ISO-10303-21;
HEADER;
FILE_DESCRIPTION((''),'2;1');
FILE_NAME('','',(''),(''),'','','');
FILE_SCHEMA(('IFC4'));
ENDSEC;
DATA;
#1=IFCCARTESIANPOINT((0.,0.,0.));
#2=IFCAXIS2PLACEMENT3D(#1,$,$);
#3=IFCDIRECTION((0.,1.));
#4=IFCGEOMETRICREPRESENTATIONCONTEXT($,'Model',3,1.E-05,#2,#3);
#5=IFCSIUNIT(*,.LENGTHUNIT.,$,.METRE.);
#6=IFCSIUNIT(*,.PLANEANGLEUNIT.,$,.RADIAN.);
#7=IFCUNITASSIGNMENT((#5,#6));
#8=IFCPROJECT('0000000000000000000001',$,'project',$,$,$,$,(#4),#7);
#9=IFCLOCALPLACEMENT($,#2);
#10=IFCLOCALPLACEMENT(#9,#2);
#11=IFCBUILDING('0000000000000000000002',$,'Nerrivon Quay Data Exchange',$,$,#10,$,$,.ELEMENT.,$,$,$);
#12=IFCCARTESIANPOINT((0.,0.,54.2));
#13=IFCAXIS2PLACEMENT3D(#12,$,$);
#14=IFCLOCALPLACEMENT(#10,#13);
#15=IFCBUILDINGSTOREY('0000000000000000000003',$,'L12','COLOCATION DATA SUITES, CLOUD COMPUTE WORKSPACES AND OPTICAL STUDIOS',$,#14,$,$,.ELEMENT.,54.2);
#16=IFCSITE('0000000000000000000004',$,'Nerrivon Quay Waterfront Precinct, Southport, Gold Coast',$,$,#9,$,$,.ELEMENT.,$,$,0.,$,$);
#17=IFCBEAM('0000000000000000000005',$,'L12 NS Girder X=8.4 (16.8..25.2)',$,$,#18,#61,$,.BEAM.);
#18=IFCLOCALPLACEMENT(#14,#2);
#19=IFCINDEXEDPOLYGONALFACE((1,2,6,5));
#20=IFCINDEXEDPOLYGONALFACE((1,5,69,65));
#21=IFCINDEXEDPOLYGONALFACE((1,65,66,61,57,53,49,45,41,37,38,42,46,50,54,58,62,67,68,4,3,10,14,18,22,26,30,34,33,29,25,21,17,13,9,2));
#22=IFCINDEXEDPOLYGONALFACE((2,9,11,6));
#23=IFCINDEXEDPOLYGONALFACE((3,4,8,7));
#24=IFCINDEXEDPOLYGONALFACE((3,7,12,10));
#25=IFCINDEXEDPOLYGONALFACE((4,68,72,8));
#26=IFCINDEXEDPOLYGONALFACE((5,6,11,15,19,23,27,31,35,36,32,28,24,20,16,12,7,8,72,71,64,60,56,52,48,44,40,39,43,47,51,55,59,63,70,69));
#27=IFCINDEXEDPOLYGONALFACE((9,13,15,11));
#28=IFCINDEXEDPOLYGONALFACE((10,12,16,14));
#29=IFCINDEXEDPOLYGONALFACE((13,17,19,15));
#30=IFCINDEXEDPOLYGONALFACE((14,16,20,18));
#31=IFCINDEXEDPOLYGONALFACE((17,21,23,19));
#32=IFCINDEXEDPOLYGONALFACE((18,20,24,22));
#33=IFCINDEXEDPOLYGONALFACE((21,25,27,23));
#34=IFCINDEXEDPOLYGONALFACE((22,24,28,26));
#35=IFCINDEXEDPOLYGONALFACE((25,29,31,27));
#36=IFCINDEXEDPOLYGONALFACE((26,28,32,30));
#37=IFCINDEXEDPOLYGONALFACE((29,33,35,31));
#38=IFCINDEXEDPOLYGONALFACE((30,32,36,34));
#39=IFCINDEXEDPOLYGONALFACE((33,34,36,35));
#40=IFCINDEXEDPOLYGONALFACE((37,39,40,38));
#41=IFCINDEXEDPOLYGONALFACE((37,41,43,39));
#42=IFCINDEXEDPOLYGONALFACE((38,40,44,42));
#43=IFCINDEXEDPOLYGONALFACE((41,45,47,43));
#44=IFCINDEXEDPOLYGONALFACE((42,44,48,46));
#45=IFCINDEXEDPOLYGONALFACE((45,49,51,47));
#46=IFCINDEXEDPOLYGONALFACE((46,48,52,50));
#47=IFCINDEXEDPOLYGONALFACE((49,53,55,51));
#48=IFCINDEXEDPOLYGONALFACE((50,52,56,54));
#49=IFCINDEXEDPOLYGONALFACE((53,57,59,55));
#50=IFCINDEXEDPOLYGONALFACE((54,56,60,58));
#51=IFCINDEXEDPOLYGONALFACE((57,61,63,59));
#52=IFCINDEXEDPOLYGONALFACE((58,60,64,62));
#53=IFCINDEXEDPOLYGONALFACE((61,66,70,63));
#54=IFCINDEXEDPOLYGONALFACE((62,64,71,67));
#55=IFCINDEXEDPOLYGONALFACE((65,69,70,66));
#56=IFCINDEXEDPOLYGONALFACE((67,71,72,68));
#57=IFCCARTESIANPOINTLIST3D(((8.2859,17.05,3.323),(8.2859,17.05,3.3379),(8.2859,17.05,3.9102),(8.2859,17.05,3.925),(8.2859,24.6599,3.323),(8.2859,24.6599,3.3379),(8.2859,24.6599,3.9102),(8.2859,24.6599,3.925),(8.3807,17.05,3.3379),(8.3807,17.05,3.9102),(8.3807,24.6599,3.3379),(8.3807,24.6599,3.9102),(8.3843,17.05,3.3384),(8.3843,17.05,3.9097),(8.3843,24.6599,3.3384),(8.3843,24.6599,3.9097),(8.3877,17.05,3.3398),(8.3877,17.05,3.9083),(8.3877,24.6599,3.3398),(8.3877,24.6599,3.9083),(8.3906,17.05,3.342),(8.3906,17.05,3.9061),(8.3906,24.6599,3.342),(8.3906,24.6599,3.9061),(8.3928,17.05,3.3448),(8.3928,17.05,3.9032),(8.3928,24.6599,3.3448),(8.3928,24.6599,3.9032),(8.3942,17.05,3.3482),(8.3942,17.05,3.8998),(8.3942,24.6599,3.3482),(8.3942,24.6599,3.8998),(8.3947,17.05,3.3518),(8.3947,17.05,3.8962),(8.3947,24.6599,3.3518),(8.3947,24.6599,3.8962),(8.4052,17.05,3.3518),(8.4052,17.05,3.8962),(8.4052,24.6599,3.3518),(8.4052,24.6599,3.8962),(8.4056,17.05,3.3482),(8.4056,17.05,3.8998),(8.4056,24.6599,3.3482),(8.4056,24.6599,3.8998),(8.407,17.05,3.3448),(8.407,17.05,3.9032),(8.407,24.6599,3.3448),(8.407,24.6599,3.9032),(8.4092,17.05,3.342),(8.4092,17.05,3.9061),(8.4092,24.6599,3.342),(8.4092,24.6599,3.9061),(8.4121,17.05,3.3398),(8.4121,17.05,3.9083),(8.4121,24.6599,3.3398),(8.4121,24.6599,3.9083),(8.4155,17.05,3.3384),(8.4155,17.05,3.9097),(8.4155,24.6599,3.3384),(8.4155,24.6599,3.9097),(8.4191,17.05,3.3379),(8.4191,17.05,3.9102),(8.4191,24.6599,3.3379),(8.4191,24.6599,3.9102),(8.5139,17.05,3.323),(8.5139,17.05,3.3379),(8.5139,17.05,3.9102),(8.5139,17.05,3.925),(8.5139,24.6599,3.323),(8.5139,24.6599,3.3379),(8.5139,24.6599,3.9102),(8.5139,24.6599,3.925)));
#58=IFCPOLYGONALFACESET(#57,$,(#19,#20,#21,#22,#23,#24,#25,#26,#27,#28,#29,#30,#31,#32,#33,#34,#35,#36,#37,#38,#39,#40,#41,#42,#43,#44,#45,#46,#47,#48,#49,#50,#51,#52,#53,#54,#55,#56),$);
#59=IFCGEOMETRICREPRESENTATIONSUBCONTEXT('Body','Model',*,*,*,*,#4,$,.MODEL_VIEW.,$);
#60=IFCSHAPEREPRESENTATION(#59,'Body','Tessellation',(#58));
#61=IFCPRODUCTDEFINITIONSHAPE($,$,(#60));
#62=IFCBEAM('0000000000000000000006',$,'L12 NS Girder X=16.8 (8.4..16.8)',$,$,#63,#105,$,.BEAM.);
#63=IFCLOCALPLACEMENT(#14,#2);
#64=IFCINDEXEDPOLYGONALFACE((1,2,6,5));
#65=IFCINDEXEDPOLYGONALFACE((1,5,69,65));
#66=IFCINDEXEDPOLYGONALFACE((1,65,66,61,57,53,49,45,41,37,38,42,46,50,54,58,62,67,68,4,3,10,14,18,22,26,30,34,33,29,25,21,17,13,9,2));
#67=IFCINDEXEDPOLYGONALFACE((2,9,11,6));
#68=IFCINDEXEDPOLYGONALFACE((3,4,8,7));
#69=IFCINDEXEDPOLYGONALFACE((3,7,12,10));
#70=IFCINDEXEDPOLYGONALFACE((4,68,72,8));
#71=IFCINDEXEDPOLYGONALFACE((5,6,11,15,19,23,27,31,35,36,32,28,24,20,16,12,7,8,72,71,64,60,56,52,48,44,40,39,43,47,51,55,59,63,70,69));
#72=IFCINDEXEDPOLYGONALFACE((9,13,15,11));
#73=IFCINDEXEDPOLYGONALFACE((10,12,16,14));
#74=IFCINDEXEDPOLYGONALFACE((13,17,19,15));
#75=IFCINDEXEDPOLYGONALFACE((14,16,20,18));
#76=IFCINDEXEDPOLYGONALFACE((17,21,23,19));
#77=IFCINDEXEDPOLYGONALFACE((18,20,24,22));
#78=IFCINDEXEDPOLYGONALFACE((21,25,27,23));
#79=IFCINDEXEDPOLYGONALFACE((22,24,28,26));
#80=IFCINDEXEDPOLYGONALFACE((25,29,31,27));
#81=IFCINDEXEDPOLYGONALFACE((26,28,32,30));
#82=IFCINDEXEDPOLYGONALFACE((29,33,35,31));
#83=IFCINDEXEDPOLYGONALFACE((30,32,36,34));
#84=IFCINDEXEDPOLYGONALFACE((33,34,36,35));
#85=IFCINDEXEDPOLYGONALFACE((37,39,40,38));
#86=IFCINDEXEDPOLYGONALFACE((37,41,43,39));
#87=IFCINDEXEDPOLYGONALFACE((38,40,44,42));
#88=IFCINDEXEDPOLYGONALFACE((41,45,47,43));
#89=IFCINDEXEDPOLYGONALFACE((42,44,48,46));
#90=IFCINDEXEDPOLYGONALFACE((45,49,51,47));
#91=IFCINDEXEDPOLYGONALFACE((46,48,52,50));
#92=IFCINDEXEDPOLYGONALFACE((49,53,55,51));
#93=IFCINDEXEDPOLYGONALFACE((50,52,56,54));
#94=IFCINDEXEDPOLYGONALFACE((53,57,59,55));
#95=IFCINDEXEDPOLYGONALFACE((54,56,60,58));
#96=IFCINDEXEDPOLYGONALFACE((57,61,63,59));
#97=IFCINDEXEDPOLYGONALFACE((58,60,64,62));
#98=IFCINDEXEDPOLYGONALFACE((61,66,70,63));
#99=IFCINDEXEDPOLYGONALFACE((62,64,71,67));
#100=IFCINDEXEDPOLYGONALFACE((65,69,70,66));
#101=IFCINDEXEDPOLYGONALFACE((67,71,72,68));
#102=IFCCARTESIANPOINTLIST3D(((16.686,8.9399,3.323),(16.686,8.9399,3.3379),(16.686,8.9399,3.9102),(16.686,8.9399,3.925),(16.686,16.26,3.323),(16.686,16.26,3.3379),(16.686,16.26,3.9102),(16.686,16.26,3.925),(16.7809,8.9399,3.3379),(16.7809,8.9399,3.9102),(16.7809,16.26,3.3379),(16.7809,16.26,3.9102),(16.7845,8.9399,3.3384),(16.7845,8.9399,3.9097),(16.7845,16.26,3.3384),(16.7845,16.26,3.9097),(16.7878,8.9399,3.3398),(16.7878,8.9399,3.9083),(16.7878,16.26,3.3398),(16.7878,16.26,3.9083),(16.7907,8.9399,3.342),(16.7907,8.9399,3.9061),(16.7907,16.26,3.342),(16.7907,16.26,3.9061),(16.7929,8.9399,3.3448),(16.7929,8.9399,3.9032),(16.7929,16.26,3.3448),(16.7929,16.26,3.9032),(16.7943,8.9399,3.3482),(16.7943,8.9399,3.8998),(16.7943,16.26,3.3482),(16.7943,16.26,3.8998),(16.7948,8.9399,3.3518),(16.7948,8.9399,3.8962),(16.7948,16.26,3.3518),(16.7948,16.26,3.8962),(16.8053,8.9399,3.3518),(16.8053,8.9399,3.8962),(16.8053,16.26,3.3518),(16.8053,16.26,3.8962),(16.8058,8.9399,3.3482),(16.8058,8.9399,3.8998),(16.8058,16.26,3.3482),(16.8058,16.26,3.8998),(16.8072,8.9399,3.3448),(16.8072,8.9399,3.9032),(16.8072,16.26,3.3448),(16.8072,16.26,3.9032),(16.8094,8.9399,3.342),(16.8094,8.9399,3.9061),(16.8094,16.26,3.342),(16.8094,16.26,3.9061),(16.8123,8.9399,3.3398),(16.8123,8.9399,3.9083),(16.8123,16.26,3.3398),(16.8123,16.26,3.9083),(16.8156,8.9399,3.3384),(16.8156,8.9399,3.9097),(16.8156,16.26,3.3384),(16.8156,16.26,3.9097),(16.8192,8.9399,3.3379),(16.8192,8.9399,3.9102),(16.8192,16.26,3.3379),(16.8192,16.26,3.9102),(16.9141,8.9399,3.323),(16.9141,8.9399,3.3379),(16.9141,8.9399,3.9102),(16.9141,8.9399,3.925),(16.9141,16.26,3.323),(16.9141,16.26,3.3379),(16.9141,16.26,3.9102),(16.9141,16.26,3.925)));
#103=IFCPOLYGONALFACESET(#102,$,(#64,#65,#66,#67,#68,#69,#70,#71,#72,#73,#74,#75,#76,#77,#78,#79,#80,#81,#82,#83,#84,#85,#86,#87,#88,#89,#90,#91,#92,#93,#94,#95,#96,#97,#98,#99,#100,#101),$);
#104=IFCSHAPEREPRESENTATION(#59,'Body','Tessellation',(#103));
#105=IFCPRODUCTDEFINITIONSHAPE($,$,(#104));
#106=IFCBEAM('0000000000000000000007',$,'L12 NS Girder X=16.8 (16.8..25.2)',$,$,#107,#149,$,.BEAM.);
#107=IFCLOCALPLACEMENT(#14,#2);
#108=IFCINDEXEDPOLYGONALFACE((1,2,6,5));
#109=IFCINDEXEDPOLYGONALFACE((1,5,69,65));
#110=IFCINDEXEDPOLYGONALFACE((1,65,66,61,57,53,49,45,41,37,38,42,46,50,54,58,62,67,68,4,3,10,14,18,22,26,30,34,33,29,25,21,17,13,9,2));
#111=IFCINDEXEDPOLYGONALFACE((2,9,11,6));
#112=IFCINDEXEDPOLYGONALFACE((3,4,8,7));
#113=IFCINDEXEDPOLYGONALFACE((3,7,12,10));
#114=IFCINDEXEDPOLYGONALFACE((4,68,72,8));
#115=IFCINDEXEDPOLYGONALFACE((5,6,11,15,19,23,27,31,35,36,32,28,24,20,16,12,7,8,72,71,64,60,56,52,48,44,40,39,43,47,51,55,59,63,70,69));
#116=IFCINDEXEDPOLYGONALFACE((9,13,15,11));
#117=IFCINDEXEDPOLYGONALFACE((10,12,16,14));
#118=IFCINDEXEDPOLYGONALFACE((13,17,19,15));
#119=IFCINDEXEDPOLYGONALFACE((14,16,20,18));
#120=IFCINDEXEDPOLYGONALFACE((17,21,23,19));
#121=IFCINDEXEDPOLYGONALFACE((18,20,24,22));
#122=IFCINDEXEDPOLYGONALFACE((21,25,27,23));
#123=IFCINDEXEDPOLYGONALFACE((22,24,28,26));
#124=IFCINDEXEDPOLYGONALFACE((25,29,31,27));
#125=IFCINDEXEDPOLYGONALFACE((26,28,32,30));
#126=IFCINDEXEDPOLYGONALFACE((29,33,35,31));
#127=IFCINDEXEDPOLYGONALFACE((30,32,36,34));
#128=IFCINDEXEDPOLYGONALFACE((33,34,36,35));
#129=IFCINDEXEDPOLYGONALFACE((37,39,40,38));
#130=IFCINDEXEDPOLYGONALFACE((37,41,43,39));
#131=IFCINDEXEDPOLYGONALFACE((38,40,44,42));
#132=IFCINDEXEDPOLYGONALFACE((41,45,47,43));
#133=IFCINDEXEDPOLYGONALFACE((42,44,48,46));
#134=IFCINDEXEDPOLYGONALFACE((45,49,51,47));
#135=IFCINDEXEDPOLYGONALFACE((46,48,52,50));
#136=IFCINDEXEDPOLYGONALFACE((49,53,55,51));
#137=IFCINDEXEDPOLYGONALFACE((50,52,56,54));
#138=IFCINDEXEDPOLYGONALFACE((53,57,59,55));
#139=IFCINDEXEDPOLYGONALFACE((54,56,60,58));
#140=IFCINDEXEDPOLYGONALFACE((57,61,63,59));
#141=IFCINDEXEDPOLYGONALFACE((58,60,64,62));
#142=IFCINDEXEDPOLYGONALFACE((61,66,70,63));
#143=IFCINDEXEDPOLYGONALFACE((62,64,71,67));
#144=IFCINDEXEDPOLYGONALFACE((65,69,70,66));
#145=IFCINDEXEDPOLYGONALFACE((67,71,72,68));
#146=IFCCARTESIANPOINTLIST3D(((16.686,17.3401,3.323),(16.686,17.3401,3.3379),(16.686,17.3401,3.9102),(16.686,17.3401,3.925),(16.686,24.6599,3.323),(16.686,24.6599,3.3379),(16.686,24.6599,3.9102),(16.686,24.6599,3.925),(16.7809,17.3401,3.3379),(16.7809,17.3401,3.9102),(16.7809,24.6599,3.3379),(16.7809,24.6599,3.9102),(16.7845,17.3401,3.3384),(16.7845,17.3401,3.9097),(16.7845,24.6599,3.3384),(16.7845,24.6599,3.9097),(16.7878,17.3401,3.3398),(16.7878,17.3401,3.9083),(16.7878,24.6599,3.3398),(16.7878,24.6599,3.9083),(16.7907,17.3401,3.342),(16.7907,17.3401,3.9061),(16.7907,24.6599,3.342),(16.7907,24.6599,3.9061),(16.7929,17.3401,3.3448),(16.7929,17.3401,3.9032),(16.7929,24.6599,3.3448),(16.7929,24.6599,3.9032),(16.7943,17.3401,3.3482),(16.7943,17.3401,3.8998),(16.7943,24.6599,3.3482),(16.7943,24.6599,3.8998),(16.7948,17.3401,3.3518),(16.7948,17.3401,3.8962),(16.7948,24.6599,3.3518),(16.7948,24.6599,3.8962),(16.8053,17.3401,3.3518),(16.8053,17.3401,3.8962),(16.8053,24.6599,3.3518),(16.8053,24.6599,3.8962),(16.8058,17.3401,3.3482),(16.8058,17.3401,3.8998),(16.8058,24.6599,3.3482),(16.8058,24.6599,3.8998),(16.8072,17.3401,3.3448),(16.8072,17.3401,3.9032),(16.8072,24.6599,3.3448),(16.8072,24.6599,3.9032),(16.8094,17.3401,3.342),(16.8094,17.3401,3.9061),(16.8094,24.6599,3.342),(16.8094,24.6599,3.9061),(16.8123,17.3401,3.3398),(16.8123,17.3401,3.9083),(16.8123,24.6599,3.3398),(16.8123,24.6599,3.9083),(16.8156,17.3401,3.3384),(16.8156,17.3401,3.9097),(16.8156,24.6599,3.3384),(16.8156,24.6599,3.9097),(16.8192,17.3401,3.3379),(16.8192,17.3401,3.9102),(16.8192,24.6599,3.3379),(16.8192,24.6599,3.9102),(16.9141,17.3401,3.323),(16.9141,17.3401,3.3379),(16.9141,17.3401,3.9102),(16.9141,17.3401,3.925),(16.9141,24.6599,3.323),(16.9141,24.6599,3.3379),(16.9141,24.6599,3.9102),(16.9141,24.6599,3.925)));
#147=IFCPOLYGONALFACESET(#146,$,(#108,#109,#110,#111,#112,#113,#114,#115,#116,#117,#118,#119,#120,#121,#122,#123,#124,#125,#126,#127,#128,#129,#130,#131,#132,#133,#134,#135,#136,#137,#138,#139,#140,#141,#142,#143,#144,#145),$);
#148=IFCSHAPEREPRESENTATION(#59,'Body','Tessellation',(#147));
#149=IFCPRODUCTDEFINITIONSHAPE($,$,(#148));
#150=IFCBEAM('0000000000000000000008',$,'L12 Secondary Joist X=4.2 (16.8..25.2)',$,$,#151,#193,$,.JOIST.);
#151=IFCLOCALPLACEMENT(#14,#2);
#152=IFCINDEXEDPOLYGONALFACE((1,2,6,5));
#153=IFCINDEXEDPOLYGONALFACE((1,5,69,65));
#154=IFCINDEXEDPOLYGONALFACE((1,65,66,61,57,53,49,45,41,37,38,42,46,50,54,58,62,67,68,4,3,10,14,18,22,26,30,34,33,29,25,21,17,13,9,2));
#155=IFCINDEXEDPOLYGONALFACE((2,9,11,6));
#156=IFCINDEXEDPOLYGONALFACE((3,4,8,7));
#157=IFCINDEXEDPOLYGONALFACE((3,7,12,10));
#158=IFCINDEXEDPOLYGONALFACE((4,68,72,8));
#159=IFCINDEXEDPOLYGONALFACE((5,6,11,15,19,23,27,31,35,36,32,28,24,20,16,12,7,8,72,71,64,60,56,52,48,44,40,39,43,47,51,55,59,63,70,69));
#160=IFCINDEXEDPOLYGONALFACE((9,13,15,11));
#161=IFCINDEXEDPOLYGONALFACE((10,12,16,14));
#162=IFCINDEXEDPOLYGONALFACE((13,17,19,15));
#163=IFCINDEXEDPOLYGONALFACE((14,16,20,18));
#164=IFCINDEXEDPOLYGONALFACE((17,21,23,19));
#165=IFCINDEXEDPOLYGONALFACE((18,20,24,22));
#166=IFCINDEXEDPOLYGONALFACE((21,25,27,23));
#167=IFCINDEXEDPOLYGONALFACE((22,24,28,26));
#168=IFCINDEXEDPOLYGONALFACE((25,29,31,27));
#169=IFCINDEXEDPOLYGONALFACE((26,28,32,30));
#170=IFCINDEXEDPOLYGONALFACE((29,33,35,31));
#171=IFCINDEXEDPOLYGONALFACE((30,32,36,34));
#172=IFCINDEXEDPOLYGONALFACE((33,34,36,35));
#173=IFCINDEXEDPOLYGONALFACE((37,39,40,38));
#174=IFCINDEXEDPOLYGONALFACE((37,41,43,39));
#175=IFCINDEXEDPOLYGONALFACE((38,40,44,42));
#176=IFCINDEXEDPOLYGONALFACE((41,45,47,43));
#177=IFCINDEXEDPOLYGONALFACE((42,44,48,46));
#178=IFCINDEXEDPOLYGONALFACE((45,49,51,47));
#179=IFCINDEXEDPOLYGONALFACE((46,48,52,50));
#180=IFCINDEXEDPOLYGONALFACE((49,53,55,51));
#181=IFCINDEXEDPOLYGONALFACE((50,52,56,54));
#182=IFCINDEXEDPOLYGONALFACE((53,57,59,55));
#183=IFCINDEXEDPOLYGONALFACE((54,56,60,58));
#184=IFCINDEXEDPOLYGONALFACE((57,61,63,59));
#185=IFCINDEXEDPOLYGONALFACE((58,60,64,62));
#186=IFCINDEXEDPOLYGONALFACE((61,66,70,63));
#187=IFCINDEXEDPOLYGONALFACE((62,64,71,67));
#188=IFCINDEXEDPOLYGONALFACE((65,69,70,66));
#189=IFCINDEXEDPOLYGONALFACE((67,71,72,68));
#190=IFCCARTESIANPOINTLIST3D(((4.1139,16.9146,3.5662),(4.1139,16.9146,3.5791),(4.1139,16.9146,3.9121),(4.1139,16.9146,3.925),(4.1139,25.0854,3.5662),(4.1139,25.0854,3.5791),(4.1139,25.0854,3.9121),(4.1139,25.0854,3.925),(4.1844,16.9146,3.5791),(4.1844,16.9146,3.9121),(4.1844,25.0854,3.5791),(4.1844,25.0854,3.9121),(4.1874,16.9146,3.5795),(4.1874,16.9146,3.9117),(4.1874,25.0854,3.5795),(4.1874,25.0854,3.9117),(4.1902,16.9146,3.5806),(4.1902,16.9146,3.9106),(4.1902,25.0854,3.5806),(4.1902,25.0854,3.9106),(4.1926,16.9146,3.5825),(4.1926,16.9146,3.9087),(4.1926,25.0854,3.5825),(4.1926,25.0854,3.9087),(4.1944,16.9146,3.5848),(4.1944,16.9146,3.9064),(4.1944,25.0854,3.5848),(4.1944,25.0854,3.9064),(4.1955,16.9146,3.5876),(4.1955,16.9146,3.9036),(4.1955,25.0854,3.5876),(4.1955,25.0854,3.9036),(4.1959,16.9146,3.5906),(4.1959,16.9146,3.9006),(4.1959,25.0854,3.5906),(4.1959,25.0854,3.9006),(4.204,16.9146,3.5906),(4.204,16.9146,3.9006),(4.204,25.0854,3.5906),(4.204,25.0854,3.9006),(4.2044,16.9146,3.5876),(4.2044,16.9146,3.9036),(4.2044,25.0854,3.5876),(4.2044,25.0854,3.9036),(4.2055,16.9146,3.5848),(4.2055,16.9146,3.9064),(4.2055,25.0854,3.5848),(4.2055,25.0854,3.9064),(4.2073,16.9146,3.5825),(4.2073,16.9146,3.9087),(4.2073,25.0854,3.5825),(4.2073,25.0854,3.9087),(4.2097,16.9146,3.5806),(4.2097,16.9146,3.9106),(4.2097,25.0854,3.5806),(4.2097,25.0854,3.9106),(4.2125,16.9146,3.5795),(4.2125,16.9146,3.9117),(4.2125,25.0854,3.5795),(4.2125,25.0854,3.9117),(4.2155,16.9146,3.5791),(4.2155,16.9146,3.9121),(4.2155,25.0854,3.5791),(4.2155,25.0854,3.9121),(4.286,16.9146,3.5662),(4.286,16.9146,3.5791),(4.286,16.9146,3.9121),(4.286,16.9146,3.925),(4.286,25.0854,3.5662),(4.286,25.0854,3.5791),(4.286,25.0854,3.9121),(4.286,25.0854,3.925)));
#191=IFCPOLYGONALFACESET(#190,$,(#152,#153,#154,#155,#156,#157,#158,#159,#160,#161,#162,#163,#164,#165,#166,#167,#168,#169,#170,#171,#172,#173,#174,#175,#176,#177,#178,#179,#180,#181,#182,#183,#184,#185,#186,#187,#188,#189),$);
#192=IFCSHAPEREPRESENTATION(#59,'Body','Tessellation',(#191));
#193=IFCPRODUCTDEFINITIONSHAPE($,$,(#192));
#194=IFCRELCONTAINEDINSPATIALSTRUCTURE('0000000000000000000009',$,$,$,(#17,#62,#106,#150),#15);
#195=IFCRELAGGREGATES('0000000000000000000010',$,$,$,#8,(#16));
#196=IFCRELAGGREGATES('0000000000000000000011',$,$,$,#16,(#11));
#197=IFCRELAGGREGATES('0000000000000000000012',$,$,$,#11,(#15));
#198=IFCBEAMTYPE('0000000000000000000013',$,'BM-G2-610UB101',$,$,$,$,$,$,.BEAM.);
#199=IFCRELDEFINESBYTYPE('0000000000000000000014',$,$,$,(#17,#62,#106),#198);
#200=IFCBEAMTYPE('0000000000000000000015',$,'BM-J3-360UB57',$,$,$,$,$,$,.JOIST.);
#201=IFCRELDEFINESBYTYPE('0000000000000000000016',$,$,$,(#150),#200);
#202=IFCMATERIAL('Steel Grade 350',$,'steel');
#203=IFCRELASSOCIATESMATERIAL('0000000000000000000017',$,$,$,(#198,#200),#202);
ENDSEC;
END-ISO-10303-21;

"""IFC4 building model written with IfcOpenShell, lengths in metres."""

from ifc_helpers import new_model, si_unit, direction, frame, origin, origin_2d, place, context, subcontext, project, spatial, i_section, extrude, material, material_profile, profile_set, type_object, element, save


model = new_model("IFC4")

# Units and contexts
model_context = context("Model", 3, precision=1e-05, world=origin(), true_north=direction((0.0, 1.0)))
body_context = subcontext(model_context, "Body", "Model", "MODEL_VIEW")
ifc_project = project(units=[si_unit("LENGTHUNIT", "METRE"), si_unit("PLANEANGLEUNIT", "RADIAN")], contexts=[model_context])

# Site, building, storey
site_placement = place(None, origin())
site = spatial("IfcSite", under=ifc_project, at=site_placement, Name="Nerrivon Quay Waterfront Precinct, Southport, Gold Coast", CompositionType="ELEMENT", RefElevation=0.0)
building_placement = place(site_placement, origin())
building = spatial("IfcBuilding", under=site, at=building_placement, Name="Nerrivon Quay Data Exchange", CompositionType="ELEMENT")
storey_placement = place(building_placement, frame((0.0, 0.0, 54.2)))
storey = spatial("IfcBuildingStorey", under=building, at=storey_placement, Name="L12", Description="COLOCATION DATA SUITES, CLOUD COMPUTE WORKSPACES AND OPTICAL STUDIOS", CompositionType="ELEMENT", Elevation=54.2)

# Shared definitions
ifc_material_1 = material(Name="Steel Grade 350", Category="steel")

# Beams
ifc_material_profile_1 = material_profile(ifc_material_1, i_section(OverallWidth=0.228, OverallDepth=0.6021, WebThickness=0.0105, FlangeThickness=0.0149, FilletRadius=0.0139, at=origin_2d()), Name="610UB101")
ifc_profile_set_1 = profile_set([ifc_material_profile_1], Name="Steel Grade 350")
beam_type_1 = type_object("IfcBeamType", Name="BM-G2-610UB101", PredefinedType="BEAM", material=ifc_profile_set_1)
beam_1_placement = place(storey_placement, frame((8.3999, 17.05, 3.624), z_axis=(0.0, 1.0, 0.0), x_axis=(-1.0, 0.0, 0.0)))
element("IfcBeam", 1, at=beam_1_placement, inside=storey, type_object=beam_type_1, Name="L12 NS Girder X=8.4 (16.8..25.2)", PredefinedType="BEAM", context=body_context, shape_type="SweptSolid", body=[
    extrude(i_section(OverallWidth=0.228, OverallDepth=0.6021, WebThickness=0.0105, FlangeThickness=0.0149, FilletRadius=0.0139, at=origin_2d()), origin(), (0.0, 0.0, 1.0), 7.6099),
])
beam_2_placement = place(storey_placement, frame((16.8, 8.9399, 3.624), z_axis=(0.0, 1.0, 0.0), x_axis=(-1.0, 0.0, 0.0)))
element("IfcBeam", 2, at=beam_2_placement, inside=storey, type_object=beam_type_1, Name="L12 NS Girder X=16.8 (8.4..16.8)", PredefinedType="BEAM", context=body_context, shape_type="SweptSolid", body=[
    extrude(i_section(OverallWidth=0.228, OverallDepth=0.6021, WebThickness=0.0105, FlangeThickness=0.0149, FilletRadius=0.0139, at=origin_2d()), origin(), (0.0, 0.0, 1.0), 7.3201),
])
beam_3_placement = place(storey_placement, frame((16.8, 17.3401, 3.624), z_axis=(0.0, 1.0, 0.0), x_axis=(-1.0, 0.0, 0.0)))
element("IfcBeam", 3, at=beam_3_placement, inside=storey, type_object=beam_type_1, Name="L12 NS Girder X=16.8 (16.8..25.2)", PredefinedType="BEAM", context=body_context, shape_type="SweptSolid", body=[
    extrude(i_section(OverallWidth=0.228, OverallDepth=0.6021, WebThickness=0.0105, FlangeThickness=0.0149, FilletRadius=0.0139, at=origin_2d()), origin(), (0.0, 0.0, 1.0), 7.3198),
])
ifc_material_profile_2 = material_profile(ifc_material_1, i_section(OverallWidth=0.1721, OverallDepth=0.3589, WebThickness=0.0081, FlangeThickness=0.0129, FilletRadius=0.0115, at=origin_2d()), Name="360UB56.7")
ifc_profile_set_2 = profile_set([ifc_material_profile_2], Name="Steel Grade 350")
beam_type_2 = type_object("IfcBeamType", Name="BM-J3-360UB57", PredefinedType="JOIST", material=ifc_profile_set_2)
beam_4_placement = place(storey_placement, frame((4.2, 16.9146, 3.7456), z_axis=(0.0, 1.0, 0.0), x_axis=(-1.0, 0.0, 0.0)))
element("IfcBeam", 4, at=beam_4_placement, inside=storey, type_object=beam_type_2, Name="L12 Secondary Joist X=4.2 (16.8..25.2)", PredefinedType="JOIST", context=body_context, shape_type="SweptSolid", body=[
    extrude(i_section(OverallWidth=0.1721, OverallDepth=0.3589, WebThickness=0.0081, FlangeThickness=0.0129, FilletRadius=0.0115, at=origin_2d()), origin(), (0.0, 0.0, 1.0), 8.1709),
])

save(model, "model.ifc")
